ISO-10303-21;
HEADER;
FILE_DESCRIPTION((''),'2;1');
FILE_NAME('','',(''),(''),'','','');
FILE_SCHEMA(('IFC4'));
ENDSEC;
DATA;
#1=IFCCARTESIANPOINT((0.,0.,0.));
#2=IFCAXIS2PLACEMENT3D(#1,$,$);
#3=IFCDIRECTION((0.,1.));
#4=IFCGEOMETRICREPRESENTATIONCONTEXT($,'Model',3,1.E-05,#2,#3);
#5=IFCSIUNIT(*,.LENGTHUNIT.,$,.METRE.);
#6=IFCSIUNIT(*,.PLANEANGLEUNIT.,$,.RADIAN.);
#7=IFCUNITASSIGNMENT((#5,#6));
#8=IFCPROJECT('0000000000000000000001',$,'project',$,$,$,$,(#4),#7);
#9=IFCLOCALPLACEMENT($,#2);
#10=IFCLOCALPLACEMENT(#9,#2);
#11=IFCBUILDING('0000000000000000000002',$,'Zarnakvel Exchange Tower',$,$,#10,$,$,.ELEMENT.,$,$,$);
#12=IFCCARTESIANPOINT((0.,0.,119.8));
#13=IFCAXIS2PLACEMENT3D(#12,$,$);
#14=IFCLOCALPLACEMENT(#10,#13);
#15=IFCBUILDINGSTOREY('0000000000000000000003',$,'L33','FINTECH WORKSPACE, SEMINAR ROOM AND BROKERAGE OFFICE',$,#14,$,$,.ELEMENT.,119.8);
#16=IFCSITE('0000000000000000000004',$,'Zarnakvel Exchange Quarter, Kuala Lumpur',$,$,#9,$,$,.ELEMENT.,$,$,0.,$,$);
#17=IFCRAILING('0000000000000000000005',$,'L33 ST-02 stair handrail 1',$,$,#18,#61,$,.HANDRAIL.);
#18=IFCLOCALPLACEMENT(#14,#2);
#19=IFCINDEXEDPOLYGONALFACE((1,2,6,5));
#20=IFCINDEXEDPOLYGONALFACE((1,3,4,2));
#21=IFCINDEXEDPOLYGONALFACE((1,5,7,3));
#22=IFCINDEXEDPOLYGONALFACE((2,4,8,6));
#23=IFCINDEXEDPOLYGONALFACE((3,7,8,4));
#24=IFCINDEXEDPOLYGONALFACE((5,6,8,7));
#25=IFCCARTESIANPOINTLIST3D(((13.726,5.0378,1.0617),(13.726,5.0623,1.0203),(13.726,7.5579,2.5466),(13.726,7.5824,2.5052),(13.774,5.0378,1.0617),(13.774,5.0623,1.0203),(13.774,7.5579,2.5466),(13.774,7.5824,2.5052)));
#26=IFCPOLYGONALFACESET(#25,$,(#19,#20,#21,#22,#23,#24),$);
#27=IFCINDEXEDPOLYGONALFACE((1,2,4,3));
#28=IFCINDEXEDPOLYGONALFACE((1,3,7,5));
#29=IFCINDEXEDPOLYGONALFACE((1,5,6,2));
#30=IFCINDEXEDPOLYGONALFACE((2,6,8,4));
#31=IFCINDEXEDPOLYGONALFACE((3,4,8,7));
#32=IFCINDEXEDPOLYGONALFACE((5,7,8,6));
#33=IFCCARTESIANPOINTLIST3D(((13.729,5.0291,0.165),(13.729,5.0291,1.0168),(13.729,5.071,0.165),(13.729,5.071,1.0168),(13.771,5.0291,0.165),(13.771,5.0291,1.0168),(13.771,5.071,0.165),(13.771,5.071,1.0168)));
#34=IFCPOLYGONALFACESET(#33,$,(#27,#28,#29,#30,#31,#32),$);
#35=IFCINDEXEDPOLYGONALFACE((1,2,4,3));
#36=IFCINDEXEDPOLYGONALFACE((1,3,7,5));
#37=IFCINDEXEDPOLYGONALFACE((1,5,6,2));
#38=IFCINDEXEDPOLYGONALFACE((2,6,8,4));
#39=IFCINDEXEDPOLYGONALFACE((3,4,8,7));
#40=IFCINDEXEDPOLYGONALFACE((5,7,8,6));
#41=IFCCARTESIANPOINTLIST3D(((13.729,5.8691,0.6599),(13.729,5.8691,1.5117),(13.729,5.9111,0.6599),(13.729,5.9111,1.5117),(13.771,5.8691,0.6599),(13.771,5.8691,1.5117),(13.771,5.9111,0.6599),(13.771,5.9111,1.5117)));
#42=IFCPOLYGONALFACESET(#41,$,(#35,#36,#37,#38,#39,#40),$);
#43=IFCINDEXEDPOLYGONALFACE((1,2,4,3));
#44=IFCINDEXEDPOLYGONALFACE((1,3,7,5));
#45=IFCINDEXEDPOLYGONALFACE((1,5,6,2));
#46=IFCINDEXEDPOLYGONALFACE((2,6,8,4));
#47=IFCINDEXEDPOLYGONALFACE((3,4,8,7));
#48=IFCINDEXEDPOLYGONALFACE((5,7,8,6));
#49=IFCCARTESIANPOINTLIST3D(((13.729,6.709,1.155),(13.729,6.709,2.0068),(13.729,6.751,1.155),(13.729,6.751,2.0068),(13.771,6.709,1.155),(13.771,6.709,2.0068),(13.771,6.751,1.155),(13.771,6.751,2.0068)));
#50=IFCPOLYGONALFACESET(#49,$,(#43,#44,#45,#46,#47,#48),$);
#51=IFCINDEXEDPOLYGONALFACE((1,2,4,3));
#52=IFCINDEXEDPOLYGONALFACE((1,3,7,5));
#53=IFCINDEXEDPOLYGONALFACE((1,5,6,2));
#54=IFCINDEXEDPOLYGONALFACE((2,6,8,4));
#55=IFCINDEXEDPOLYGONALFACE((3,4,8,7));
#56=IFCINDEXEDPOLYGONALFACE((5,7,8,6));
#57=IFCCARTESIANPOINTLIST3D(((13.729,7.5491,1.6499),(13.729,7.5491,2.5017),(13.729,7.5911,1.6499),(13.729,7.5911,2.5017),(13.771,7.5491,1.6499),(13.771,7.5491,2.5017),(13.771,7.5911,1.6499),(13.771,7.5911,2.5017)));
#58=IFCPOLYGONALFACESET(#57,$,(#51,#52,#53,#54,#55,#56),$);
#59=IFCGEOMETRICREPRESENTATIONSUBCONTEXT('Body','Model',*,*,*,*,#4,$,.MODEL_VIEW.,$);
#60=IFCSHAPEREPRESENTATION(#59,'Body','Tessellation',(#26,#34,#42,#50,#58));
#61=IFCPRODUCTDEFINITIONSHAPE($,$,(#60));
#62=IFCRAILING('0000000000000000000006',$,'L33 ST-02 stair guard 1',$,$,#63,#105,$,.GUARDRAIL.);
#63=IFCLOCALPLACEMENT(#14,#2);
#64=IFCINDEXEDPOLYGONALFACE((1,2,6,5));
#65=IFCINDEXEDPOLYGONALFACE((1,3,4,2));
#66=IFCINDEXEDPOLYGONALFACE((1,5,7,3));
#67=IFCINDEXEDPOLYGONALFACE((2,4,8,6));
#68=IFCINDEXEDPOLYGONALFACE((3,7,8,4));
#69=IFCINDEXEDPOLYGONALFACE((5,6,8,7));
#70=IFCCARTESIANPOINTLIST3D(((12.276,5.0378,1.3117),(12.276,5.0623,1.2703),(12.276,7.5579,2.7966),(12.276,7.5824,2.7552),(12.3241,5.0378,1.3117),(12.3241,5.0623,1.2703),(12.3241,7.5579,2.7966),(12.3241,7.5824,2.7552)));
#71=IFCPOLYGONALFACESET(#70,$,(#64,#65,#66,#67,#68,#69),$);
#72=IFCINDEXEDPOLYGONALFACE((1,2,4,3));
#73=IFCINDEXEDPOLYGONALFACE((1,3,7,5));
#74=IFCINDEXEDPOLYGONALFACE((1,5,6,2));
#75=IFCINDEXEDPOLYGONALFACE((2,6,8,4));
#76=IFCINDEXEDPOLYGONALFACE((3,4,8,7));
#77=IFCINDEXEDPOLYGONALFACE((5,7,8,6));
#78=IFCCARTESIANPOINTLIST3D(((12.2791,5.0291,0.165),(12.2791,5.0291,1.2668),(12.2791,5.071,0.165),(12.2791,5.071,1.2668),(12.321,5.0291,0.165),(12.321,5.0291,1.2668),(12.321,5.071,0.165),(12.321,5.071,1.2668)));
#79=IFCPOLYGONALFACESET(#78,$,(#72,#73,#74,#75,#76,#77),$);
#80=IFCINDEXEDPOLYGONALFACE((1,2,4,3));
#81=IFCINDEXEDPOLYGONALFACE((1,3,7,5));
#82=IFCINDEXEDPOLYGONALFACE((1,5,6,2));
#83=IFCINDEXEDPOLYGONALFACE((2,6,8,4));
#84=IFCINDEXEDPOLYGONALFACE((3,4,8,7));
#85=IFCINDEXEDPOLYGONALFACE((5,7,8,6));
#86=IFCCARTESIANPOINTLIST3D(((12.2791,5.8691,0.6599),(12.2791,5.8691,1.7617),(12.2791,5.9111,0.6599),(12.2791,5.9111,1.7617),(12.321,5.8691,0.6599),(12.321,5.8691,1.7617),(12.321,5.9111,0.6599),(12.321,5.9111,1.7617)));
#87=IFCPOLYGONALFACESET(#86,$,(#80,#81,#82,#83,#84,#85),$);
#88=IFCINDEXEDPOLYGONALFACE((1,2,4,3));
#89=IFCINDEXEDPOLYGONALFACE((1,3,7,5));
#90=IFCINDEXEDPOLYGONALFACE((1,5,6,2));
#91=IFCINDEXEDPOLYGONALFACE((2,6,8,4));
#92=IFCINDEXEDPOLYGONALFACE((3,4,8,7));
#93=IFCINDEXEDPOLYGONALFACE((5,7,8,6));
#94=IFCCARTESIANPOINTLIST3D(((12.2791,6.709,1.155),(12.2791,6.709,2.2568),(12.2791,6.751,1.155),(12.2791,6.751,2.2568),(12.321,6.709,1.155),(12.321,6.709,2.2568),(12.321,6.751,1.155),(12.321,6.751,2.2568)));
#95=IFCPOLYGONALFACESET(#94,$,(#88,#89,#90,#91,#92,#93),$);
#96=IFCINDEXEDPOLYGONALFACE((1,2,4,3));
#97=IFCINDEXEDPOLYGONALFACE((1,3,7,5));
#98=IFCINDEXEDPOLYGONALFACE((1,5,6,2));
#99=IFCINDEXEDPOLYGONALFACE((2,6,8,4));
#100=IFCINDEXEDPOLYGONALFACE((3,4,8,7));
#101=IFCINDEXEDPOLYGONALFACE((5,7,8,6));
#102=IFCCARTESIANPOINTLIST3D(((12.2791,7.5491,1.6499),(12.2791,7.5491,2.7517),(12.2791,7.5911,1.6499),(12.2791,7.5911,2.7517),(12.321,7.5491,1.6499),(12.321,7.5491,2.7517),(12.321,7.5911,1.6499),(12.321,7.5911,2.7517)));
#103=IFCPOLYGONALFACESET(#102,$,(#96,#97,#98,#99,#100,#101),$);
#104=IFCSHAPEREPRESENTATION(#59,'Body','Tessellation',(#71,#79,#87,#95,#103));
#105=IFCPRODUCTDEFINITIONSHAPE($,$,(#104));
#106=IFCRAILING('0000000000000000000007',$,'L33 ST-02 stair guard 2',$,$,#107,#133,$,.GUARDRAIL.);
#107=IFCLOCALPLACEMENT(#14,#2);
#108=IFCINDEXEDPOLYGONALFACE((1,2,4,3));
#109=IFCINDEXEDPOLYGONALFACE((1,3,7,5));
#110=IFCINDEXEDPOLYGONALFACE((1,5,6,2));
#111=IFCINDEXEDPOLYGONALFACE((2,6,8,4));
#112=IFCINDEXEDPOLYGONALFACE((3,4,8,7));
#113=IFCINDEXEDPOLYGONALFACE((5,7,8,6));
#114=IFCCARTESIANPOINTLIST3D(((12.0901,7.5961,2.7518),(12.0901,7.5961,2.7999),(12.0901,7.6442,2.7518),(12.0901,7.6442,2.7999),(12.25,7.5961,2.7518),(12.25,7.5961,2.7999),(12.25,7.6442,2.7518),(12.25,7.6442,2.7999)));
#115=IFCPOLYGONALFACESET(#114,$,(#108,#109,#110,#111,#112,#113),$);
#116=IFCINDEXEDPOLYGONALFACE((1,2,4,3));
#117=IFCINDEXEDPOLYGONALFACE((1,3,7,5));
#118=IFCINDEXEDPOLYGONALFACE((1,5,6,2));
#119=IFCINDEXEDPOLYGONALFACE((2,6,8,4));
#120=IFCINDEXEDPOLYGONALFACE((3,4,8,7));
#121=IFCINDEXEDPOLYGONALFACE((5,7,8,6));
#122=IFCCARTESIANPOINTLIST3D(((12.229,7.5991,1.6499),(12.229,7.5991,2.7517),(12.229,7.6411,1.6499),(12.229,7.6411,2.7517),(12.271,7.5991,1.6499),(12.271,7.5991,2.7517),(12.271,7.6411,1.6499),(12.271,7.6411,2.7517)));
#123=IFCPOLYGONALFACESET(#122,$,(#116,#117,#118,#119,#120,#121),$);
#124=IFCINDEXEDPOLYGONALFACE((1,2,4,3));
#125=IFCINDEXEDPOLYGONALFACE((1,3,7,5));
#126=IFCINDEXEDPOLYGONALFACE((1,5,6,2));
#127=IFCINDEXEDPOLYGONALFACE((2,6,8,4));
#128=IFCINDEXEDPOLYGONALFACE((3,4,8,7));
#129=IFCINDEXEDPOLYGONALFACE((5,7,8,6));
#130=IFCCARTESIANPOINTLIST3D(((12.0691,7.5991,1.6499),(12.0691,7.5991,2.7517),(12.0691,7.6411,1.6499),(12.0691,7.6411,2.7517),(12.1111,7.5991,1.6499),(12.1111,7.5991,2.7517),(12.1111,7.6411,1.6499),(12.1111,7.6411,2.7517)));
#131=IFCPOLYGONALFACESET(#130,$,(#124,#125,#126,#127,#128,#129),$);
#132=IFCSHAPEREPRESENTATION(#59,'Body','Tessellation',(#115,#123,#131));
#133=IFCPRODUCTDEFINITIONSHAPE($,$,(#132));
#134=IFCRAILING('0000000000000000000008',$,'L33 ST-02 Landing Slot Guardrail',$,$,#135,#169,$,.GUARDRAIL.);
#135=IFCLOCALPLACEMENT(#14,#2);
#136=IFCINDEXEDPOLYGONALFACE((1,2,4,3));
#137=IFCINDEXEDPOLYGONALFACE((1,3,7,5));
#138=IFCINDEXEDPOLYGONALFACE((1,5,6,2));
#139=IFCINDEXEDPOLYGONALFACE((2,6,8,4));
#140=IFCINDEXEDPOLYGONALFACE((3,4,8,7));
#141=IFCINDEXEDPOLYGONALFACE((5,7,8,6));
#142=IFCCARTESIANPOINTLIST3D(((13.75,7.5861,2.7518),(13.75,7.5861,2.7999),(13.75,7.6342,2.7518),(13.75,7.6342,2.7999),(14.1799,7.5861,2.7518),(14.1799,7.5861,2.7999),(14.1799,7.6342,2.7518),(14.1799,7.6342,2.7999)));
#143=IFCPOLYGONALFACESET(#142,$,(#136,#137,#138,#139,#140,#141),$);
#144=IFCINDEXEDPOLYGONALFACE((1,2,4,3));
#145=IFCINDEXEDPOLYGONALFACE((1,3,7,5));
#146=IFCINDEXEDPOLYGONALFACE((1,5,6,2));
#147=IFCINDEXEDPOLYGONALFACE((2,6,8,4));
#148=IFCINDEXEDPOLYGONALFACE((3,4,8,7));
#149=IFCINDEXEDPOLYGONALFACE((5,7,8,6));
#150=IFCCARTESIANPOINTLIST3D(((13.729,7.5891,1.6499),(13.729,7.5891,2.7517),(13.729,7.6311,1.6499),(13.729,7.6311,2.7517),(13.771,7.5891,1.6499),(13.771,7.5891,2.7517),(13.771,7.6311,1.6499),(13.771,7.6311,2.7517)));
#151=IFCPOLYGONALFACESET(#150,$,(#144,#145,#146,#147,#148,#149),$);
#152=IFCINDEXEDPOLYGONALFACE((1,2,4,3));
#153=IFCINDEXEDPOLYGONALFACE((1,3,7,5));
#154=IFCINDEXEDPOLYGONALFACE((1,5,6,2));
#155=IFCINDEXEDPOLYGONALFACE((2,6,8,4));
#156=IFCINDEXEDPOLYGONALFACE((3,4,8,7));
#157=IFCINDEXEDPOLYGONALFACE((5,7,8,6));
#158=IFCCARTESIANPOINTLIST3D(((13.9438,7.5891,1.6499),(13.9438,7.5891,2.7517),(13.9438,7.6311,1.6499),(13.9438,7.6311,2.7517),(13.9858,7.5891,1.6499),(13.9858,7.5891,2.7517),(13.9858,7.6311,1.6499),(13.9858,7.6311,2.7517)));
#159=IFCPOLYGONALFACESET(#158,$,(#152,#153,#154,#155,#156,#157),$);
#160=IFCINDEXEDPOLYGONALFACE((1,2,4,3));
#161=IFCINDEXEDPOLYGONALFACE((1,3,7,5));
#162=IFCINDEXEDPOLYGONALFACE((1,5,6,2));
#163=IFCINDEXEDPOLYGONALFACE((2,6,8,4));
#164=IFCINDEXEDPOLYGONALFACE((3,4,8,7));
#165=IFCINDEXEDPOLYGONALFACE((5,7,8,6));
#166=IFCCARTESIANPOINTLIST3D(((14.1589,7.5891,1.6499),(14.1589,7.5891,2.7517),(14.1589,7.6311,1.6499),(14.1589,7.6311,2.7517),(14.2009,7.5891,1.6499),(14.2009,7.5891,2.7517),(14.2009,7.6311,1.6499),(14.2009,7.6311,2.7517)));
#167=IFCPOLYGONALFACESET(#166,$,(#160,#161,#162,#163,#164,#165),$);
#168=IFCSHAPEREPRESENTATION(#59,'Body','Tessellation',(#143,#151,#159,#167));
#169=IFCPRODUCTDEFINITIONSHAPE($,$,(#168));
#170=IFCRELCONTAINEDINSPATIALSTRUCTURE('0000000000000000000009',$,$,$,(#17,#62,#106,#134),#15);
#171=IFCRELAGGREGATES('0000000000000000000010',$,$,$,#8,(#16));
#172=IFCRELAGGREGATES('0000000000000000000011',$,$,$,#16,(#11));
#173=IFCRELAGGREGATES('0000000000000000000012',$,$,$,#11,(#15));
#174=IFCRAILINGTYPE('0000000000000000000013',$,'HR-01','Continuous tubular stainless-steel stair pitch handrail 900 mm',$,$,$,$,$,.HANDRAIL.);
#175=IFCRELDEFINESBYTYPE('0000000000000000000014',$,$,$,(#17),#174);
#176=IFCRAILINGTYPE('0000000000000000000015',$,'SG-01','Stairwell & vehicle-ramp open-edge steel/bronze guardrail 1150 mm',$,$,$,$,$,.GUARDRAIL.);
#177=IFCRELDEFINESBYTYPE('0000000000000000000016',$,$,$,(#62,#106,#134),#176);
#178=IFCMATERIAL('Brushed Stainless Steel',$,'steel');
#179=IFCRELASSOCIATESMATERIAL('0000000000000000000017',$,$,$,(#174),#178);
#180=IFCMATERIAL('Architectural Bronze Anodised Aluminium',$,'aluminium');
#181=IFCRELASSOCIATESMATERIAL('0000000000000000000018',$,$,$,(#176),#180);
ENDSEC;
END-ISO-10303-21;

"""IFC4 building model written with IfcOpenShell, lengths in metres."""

from ifc_helpers import new_model, si_unit, direction, frame, origin, origin_2d, place, context, subcontext, project, spatial, rectangle, extrude, material, type_object, element, save


model = new_model("IFC4")

# Units and contexts
model_context = context("Model", 3, precision=1e-05, world=origin(), true_north=direction((0.0, 1.0)))
body_context = subcontext(model_context, "Body", "Model", "MODEL_VIEW")
ifc_project = project(units=[si_unit("LENGTHUNIT", "METRE"), si_unit("PLANEANGLEUNIT", "RADIAN")], contexts=[model_context])

# Site, building, storey
site_placement = place(None, origin())
site = spatial("IfcSite", under=ifc_project, at=site_placement, Name="Zarnakvel Exchange Quarter, Kuala Lumpur", CompositionType="ELEMENT", RefElevation=0.0)
building_placement = place(site_placement, origin())
building = spatial("IfcBuilding", under=site, at=building_placement, Name="Zarnakvel Exchange Tower", CompositionType="ELEMENT")
storey_placement = place(building_placement, frame((0.0, 0.0, 119.8)))
storey = spatial("IfcBuildingStorey", under=building, at=storey_placement, Name="L33", Description="FINTECH WORKSPACE, SEMINAR ROOM AND BROKERAGE OFFICE", CompositionType="ELEMENT", Elevation=119.8)

# Shared definitions
ifc_material_1 = material(Name="Architectural Bronze Anodised Aluminium", Category="aluminium")

# Railings
ifc_material_2 = material(Name="Brushed Stainless Steel", Category="steel")
railing_type_1 = type_object("IfcRailingType", Name="HR-01", Description="Continuous tubular stainless-steel stair pitch handrail 900 mm", PredefinedType="HANDRAIL", material=ifc_material_2)
railing_1_placement = place(storey_placement, frame((13.75, 5.05, 0.165)))
element("IfcRailing", 1, at=railing_1_placement, inside=storey, type_object=railing_type_1, Name="L33 ST-02 stair handrail 1", PredefinedType="HANDRAIL", context=body_context, shape_type="SweptSolid", body=[
    extrude(rectangle(XDim=0.0481, YDim=0.0481, at=origin_2d()), frame((0.0, 0.0, 0.876), z_axis=(0.0, 0.861561, 0.507655), x_axis=(-1.0, 0.0, 0.0)), (0.0, 0.0, 1.0), 2.925),
    extrude(rectangle(XDim=0.042, YDim=0.042, at=origin_2d()), origin(), (0.0, 0.0, 1.0), 0.8518),
    extrude(rectangle(XDim=0.042, YDim=0.042, at=origin_2d()), frame((0.0, 0.8401, 0.4949)), (0.0, 0.0, 1.0), 0.8518),
    extrude(rectangle(XDim=0.042, YDim=0.042, at=origin_2d()), frame((0.0, 1.6799, 0.99)), (0.0, 0.0, 1.0), 0.8518),
    extrude(rectangle(XDim=0.042, YDim=0.042, at=origin_2d()), frame((0.0, 2.52, 1.4849)), (0.0, 0.0, 1.0), 0.8518),
])
railing_type_2 = type_object("IfcRailingType", Name="SG-01", Description="Stairwell & vehicle-ramp open-edge steel/bronze guardrail 1150 mm", PredefinedType="GUARDRAIL", material=ifc_material_1)
railing_2_placement = place(storey_placement, frame((12.3, 5.05, 0.165)))
element("IfcRailing", 2, at=railing_2_placement, inside=storey, type_object=railing_type_2, Name="L33 ST-02 stair guard 1", PredefinedType="GUARDRAIL", context=body_context, shape_type="SweptSolid", body=[
    extrude(rectangle(XDim=0.0481, YDim=0.0481, at=origin_2d()), frame((0.0, 0.0, 1.126), z_axis=(0.0, 0.861561, 0.507655), x_axis=(-1.0, 0.0, 0.0)), (0.0, 0.0, 1.0), 2.925),
    extrude(rectangle(XDim=0.042, YDim=0.042, at=origin_2d()), origin(), (0.0, 0.0, 1.0), 1.1018),
    extrude(rectangle(XDim=0.042, YDim=0.042, at=origin_2d()), frame((0.0, 0.8401, 0.4949)), (0.0, 0.0, 1.0), 1.1018),
    extrude(rectangle(XDim=0.042, YDim=0.042, at=origin_2d()), frame((0.0, 1.6799, 0.99)), (0.0, 0.0, 1.0), 1.1018),
    extrude(rectangle(XDim=0.042, YDim=0.042, at=origin_2d()), frame((0.0, 2.52, 1.4849)), (0.0, 0.0, 1.0), 1.1018),
])
railing_3_placement = place(storey_placement, frame((12.25, 7.6201, 1.6499)))
element("IfcRailing", 3, at=railing_3_placement, inside=storey, type_object=railing_type_2, Name="L33 ST-02 stair guard 2", PredefinedType="GUARDRAIL", context=body_context, shape_type="SweptSolid", body=[
    extrude(rectangle(XDim=0.0481, YDim=0.0481, at=origin_2d()), frame((0.0, 0.0, 1.126), z_axis=(-1.0, 0.0, 0.0), x_axis=(0.0, -1.0, 0.0)), (0.0, 0.0, 1.0), 0.1599),
    extrude(rectangle(XDim=0.042, YDim=0.042, at=origin_2d()), origin(), (0.0, 0.0, 1.0), 1.1018),
    extrude(rectangle(XDim=0.042, YDim=0.042, at=origin_2d()), frame((-0.1599, 0.0, 0.0)), (0.0, 0.0, 1.0), 1.1018),
])
railing_4_placement = place(storey_placement, frame((13.75, 7.6101, 1.6499)))
element("IfcRailing", 4, at=railing_4_placement, inside=storey, type_object=railing_type_2, Name="L33 ST-02 Landing Slot Guardrail", PredefinedType="GUARDRAIL", context=body_context, shape_type="SweptSolid", body=[
    extrude(rectangle(XDim=0.0481, YDim=0.0481, at=origin_2d()), frame((0.0, 0.0, 1.126), z_axis=(1.0, 0.0, 0.0), x_axis=(0.0, 1.0, 0.0)), (0.0, 0.0, 1.0), 0.4299),
    extrude(rectangle(XDim=0.042, YDim=0.042, at=origin_2d()), origin(), (0.0, 0.0, 1.0), 1.1018),
    extrude(rectangle(XDim=0.042, YDim=0.042, at=origin_2d()), frame((0.2148, 0.0, 0.0)), (0.0, 0.0, 1.0), 1.1018),
    extrude(rectangle(XDim=0.042, YDim=0.042, at=origin_2d()), frame((0.4299, 0.0, 0.0)), (0.0, 0.0, 1.0), 1.1018),
])

save(model, "model.ifc")
